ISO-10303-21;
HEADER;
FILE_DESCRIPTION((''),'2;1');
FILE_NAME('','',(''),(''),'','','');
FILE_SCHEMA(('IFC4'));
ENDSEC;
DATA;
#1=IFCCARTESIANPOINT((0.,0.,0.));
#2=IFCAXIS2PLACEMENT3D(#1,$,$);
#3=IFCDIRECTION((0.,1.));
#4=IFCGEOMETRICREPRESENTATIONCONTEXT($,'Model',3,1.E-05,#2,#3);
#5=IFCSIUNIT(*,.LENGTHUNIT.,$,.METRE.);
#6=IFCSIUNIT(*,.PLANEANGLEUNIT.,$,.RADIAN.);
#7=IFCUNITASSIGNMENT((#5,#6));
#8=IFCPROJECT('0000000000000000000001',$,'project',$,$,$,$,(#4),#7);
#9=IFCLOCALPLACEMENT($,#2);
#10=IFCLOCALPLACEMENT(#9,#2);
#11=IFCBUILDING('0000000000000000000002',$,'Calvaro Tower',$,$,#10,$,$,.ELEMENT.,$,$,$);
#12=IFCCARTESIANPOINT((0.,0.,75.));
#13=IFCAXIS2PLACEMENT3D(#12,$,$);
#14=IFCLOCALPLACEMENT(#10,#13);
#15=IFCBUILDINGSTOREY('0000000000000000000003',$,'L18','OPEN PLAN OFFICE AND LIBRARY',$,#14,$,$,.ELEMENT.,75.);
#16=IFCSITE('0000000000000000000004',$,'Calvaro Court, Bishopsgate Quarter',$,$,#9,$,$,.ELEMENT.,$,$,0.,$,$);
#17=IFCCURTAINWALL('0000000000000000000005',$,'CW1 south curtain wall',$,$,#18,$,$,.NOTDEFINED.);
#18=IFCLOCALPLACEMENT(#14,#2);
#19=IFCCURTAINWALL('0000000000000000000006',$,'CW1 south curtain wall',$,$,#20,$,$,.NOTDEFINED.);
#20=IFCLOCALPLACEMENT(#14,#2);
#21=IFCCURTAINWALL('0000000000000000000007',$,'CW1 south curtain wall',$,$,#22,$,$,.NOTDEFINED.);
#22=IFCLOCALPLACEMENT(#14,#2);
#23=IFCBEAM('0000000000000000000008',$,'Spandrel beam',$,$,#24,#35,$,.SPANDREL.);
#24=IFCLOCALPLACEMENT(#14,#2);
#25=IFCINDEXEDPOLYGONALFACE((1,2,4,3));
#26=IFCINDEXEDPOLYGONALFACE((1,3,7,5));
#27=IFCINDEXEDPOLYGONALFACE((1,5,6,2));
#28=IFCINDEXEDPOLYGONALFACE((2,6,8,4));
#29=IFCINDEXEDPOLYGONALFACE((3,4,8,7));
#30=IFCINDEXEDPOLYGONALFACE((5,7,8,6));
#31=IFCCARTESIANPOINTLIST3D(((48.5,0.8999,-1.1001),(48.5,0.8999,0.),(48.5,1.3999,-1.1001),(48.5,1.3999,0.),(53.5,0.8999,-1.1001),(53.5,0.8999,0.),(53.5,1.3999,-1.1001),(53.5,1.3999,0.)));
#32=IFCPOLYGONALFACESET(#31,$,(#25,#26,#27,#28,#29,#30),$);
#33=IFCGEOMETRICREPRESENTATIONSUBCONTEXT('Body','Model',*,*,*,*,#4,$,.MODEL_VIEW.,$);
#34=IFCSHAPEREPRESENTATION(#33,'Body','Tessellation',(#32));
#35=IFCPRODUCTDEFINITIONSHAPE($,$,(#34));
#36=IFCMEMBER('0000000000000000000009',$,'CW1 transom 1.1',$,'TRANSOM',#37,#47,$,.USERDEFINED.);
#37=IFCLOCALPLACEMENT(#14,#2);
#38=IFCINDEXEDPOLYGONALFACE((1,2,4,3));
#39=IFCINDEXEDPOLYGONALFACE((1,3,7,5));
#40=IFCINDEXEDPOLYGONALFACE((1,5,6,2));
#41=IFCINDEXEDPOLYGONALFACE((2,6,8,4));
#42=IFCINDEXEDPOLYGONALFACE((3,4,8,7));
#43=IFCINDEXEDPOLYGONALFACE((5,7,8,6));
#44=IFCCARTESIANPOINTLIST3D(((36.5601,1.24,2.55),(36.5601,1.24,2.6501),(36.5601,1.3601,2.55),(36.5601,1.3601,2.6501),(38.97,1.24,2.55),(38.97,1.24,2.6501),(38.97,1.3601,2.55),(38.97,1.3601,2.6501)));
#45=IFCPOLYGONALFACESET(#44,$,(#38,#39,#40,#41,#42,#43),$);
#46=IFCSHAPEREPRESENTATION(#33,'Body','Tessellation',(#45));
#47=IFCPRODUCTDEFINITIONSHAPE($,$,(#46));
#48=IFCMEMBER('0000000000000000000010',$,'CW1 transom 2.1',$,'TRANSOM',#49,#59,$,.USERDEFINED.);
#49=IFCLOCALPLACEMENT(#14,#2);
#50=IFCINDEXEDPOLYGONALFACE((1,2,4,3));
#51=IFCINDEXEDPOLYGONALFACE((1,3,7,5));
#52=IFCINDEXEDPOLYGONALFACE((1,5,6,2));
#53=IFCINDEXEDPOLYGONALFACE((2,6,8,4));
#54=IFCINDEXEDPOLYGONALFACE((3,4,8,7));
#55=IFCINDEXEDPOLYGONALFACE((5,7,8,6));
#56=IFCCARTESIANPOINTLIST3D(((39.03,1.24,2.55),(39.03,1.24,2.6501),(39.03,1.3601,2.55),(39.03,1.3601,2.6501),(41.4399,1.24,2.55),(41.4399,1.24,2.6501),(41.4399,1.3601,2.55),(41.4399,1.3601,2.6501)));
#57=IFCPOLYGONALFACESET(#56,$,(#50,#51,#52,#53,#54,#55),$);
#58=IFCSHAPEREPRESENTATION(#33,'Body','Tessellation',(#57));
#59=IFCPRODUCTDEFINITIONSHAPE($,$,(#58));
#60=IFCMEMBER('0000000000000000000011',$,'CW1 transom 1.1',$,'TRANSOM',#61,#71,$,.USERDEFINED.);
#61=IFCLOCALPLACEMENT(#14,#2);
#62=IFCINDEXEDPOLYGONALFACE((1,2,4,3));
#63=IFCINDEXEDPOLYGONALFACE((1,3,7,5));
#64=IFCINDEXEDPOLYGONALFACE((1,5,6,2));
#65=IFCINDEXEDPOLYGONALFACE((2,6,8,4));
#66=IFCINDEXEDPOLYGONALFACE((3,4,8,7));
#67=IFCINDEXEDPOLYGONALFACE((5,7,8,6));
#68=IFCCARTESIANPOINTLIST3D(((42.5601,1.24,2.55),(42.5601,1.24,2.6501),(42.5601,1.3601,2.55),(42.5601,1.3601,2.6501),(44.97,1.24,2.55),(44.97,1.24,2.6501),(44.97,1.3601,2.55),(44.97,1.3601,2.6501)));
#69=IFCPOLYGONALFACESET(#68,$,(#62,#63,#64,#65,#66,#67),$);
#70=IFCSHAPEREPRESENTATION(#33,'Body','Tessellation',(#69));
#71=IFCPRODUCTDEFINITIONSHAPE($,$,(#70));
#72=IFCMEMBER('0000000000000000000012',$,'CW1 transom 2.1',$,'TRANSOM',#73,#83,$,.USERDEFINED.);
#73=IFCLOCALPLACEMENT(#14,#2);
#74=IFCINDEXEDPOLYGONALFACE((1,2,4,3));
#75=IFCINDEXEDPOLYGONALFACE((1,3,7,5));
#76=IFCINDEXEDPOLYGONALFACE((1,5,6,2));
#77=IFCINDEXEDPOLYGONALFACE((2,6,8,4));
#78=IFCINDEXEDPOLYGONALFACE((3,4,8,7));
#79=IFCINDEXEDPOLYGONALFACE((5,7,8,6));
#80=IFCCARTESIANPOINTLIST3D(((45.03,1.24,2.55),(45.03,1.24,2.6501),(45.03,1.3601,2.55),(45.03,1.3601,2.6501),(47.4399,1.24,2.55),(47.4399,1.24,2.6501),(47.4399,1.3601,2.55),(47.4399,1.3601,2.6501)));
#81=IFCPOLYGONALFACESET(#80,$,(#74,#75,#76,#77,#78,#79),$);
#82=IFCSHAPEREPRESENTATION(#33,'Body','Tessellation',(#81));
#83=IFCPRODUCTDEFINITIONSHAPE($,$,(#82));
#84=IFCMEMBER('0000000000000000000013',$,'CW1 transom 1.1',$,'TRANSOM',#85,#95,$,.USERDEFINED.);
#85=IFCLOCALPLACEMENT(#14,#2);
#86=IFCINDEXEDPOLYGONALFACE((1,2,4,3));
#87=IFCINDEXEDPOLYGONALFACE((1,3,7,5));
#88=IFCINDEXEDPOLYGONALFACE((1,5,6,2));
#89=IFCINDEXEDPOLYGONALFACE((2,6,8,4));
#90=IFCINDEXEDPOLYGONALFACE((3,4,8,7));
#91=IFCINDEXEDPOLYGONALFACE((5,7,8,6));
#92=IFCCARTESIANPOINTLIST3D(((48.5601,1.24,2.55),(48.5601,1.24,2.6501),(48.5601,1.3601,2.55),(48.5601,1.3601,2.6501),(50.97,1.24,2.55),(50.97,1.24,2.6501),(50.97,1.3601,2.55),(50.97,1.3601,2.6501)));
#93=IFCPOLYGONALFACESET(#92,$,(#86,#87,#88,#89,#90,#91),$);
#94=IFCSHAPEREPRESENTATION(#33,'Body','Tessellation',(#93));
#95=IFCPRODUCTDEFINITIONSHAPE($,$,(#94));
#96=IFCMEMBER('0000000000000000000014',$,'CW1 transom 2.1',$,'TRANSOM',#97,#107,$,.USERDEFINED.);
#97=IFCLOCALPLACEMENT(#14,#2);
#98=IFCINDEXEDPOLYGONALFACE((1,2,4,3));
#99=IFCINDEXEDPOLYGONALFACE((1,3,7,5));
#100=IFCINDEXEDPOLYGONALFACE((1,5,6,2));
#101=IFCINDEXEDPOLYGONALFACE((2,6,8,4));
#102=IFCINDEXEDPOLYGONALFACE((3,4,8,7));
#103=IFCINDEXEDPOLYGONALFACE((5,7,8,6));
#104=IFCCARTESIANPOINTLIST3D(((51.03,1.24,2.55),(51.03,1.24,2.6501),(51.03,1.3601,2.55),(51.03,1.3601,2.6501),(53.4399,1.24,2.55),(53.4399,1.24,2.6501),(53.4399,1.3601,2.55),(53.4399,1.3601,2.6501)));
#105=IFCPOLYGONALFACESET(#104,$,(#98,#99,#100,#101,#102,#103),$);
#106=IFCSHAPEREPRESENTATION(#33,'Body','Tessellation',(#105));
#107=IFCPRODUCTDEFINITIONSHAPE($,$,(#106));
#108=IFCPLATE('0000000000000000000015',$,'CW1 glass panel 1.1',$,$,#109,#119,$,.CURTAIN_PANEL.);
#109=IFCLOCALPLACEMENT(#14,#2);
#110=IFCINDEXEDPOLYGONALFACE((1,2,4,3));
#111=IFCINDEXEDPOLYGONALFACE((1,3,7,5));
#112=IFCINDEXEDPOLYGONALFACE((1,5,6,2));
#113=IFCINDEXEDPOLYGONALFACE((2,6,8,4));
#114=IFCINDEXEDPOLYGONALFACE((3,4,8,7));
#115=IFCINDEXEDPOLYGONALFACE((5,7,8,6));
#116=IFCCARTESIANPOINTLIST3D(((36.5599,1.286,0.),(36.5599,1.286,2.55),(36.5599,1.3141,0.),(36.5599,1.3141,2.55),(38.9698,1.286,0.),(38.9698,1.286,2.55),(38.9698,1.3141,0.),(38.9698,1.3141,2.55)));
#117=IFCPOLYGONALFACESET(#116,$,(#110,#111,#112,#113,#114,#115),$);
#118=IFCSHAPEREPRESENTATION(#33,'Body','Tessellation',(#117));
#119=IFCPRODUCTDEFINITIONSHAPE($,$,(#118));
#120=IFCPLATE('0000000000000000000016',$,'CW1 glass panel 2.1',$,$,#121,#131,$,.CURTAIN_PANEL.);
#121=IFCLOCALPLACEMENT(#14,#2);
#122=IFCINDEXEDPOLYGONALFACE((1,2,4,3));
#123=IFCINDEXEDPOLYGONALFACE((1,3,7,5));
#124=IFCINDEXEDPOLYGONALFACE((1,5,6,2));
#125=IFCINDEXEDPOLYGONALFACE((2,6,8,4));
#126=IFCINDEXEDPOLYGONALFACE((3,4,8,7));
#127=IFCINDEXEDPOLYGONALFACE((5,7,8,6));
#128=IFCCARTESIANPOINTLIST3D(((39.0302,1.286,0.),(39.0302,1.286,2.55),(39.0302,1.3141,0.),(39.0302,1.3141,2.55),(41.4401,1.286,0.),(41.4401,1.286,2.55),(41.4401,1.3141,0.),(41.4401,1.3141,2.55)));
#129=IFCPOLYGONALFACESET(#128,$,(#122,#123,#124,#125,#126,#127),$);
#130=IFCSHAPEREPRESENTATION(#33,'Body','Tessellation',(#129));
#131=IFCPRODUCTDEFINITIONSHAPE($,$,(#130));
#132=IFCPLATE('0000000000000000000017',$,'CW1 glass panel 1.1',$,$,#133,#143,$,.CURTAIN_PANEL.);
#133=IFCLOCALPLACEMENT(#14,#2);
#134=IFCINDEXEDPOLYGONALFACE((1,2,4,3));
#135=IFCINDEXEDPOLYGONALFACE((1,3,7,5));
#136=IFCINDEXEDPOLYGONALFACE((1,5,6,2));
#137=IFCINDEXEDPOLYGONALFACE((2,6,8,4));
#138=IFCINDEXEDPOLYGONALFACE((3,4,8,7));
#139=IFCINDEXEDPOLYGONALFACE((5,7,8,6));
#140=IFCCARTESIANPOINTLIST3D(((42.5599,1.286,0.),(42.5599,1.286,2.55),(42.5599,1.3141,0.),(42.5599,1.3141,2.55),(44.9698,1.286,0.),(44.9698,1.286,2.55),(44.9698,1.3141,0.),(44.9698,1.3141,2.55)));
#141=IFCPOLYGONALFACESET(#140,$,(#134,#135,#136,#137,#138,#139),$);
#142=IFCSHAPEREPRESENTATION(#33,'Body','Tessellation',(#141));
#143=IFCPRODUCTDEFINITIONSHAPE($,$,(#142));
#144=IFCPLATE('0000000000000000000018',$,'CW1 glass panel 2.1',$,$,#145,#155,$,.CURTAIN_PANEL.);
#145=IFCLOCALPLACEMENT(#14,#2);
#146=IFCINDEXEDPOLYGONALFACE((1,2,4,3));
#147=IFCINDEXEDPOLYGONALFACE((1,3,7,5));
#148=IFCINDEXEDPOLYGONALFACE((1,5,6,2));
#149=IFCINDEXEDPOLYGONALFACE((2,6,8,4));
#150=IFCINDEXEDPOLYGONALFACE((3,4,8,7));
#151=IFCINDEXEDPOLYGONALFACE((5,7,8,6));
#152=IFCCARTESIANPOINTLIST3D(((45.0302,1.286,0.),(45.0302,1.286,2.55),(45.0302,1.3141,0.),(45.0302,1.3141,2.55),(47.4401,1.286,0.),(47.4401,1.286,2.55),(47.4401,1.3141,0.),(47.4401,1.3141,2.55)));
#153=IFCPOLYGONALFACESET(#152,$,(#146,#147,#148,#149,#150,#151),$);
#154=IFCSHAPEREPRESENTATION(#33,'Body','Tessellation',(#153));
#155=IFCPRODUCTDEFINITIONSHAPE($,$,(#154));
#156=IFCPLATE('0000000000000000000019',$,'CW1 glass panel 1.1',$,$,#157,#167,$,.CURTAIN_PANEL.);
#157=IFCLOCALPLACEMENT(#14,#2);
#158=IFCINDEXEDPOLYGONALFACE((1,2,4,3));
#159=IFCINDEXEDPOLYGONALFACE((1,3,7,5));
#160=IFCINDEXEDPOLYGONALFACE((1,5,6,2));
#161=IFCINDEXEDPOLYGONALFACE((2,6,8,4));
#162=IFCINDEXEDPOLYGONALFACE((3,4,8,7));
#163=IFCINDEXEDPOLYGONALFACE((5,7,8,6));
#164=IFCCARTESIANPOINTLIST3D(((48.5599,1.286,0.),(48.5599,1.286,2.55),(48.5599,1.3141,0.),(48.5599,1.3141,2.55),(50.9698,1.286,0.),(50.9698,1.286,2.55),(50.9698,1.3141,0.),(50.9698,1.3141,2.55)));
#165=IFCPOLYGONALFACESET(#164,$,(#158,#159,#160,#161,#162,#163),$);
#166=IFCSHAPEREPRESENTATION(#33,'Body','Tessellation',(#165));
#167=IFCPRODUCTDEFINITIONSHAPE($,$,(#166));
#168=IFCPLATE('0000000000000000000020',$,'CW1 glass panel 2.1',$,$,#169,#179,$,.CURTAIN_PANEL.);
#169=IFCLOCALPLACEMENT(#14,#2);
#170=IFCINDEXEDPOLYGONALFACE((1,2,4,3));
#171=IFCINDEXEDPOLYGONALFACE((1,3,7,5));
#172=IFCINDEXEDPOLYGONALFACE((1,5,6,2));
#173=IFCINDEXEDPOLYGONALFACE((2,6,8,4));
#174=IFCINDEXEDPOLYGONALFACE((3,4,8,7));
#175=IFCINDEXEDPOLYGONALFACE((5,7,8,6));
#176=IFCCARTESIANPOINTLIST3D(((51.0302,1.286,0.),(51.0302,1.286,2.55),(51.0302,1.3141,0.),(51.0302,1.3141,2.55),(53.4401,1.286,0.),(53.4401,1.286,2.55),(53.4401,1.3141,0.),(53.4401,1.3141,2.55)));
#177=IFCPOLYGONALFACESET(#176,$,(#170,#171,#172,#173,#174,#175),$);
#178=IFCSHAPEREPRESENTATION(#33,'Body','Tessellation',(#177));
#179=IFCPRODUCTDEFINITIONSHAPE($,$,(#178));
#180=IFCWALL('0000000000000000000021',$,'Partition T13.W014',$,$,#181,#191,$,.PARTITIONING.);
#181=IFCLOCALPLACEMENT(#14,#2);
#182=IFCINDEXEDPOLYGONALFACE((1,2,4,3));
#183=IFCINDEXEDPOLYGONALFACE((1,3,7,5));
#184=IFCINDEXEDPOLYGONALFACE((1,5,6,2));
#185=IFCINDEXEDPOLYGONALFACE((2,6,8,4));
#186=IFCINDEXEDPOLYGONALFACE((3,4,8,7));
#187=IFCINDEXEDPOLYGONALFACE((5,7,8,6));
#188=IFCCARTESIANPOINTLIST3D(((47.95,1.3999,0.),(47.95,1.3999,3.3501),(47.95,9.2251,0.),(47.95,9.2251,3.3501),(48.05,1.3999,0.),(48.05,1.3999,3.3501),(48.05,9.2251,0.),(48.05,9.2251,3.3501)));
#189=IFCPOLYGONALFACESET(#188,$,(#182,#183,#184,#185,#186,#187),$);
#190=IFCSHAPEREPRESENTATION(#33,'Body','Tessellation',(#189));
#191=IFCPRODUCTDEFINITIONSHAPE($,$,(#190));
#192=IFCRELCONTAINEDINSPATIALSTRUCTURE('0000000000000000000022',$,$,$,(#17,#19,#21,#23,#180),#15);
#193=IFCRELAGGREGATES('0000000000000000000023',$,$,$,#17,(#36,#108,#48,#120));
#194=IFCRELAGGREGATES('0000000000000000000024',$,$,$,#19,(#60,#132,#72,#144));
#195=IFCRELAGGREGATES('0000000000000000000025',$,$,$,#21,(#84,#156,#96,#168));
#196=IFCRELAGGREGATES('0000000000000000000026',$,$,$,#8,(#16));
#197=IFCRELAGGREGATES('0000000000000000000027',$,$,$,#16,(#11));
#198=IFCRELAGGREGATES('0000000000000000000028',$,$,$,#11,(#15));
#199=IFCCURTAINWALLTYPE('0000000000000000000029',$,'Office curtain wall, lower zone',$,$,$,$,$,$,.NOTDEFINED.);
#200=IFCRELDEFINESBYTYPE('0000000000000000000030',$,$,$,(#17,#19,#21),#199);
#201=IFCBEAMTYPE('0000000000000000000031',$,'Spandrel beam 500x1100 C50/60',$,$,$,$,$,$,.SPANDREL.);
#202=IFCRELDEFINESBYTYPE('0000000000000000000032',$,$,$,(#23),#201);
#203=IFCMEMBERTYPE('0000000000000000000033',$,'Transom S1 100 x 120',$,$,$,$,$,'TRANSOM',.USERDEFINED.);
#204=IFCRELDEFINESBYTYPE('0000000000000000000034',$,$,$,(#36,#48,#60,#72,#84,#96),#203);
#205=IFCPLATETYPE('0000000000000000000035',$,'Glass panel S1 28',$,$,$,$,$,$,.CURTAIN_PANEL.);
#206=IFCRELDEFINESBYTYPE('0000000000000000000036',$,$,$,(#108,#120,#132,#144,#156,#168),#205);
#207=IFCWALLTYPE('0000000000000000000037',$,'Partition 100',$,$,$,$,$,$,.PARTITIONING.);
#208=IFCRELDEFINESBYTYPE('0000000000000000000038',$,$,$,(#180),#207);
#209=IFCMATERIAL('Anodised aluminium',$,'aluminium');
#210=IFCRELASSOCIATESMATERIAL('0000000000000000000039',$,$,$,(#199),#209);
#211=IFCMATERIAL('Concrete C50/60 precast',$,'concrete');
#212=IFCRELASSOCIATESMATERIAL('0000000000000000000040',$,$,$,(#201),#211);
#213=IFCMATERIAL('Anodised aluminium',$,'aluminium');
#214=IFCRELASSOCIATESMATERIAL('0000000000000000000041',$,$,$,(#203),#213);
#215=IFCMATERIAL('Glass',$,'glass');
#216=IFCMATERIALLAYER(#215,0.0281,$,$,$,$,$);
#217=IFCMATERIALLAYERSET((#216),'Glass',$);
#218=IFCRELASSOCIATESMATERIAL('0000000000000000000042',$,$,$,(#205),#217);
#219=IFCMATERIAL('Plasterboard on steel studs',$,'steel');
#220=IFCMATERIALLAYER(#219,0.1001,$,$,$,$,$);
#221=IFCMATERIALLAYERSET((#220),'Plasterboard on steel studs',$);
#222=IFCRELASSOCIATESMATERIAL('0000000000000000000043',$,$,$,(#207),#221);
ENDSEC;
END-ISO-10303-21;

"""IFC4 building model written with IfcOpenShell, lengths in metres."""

from ifc_helpers import new_model, si_unit, direction, frame, frame_2d, origin, origin_2d, place, context, subcontext, project, spatial, rectangle, extrude, material, layer, layer_set, material_profile, profile_set, type_object, element, aggregate, save


model = new_model("IFC4")

# Units and contexts
model_context = context("Model", 3, precision=1e-05, world=origin(), true_north=direction((0.0, 1.0)))
body_context = subcontext(model_context, "Body", "Model", "MODEL_VIEW")
ifc_project = project(units=[si_unit("LENGTHUNIT", "METRE"), si_unit("PLANEANGLEUNIT", "RADIAN")], contexts=[model_context])

# Site, building, storey
site_placement = place(None, origin())
site = spatial("IfcSite", under=ifc_project, at=site_placement, Name="Calvaro Court, Bishopsgate Quarter", CompositionType="ELEMENT", RefElevation=0.0)
building_placement = place(site_placement, origin())
building = spatial("IfcBuilding", under=site, at=building_placement, Name="Calvaro Tower", CompositionType="ELEMENT")
storey_placement = place(building_placement, frame((0.0, 0.0, 75.0)))
storey = spatial("IfcBuildingStorey", under=building, at=storey_placement, Name="L18", Description="OPEN PLAN OFFICE AND LIBRARY", CompositionType="ELEMENT", Elevation=75.0)

# Shared definitions
ifc_material_1 = material(Name="Anodised aluminium", Category="aluminium")
curtain_wall_type = type_object("IfcCurtainWallType", Name="Office curtain wall, lower zone", PredefinedType="NOTDEFINED", material=ifc_material_1)

# Curtain walls
curtain_wall_1_placement = place(storey_placement, origin())
curtain_wall_1 = element("IfcCurtainWall", 1, at=curtain_wall_1_placement, inside=storey, type_object=curtain_wall_type, Name="CW1 south curtain wall", PredefinedType="NOTDEFINED")
curtain_wall_2_placement = place(storey_placement, origin())
curtain_wall_2 = element("IfcCurtainWall", 2, at=curtain_wall_2_placement, inside=storey, type_object=curtain_wall_type, Name="CW1 south curtain wall", PredefinedType="NOTDEFINED")
curtain_wall_3_placement = place(storey_placement, origin())
curtain_wall_3 = element("IfcCurtainWall", 3, at=curtain_wall_3_placement, inside=storey, type_object=curtain_wall_type, Name="CW1 south curtain wall", PredefinedType="NOTDEFINED")

# Beam
ifc_material_2 = material(Name="Concrete C50/60 precast", Category="concrete")
ifc_material_profile_1 = material_profile(ifc_material_2, rectangle(XDim=0.5, YDim=1.1001, at=origin_2d()), Name="RC 500x1100")
ifc_profile_set_1 = profile_set([ifc_material_profile_1], Name="Concrete C50/60 precast")
beam_type = type_object("IfcBeamType", Name="Spandrel beam 500x1100 C50/60", PredefinedType="SPANDREL", material=ifc_profile_set_1)
for number, where, z_axis, x_axis, name in (
    (4, (48.5, 1.1499, -0.55), (1.0, 0.0, 0.0), (0.0, 1.0, 0.0), "Spandrel beam"),
):
    element("IfcBeam", number, at=place(storey_placement, frame(where, z_axis=z_axis, x_axis=x_axis)), inside=storey, type_object=beam_type, Name=name, PredefinedType="SPANDREL", context=body_context, shape_type="SweptSolid", body=[
        extrude(rectangle(XDim=0.5, YDim=1.1001, at=origin_2d()), origin(), (0.0, 0.0, 1.0), 5.0),
    ])

# Members
ifc_material_3 = material(Name="Anodised aluminium", Category="aluminium")
ifc_material_profile_2 = material_profile(ifc_material_3, rectangle(XDim=0.1201, YDim=0.1001, at=origin_2d()), Name="Transom S1 100 x 120")
ifc_profile_set_2 = profile_set([ifc_material_profile_2], Name="Anodised aluminium")
member_type_1 = type_object("IfcMemberType", Name="Transom S1 100 x 120", ElementType="TRANSOM", PredefinedType="USERDEFINED", material=ifc_profile_set_2)
member_1_placement = place(storey_placement, frame((36.5601, 1.3, 2.6001), z_axis=(1.0, 0.0, 0.0), x_axis=(0.0, 1.0, 0.0)))
member_1 = element("IfcMember", 5, at=member_1_placement, type_object=member_type_1, Name="CW1 transom 1.1", ObjectType="TRANSOM", PredefinedType="USERDEFINED", context=body_context, shape_type="SweptSolid", body=[
    extrude(rectangle(XDim=0.1201, YDim=0.1001, at=origin_2d()), origin(), (0.0, 0.0, 1.0), 2.4099),
])
member_2_placement = place(storey_placement, frame((39.03, 1.3, 2.6001), z_axis=(1.0, 0.0, 0.0), x_axis=(0.0, 1.0, 0.0)))
member_2 = element("IfcMember", 6, at=member_2_placement, type_object=member_type_1, Name="CW1 transom 2.1", ObjectType="TRANSOM", PredefinedType="USERDEFINED", context=body_context, shape_type="SweptSolid", body=[
    extrude(rectangle(XDim=0.1201, YDim=0.1001, at=origin_2d()), origin(), (0.0, 0.0, 1.0), 2.4099),
])
member_3_placement = place(storey_placement, frame((42.5601, 1.3, 2.6001), z_axis=(1.0, 0.0, 0.0), x_axis=(0.0, 1.0, 0.0)))
member_3 = element("IfcMember", 7, at=member_3_placement, type_object=member_type_1, Name="CW1 transom 1.1", ObjectType="TRANSOM", PredefinedType="USERDEFINED", context=body_context, shape_type="SweptSolid", body=[
    extrude(rectangle(XDim=0.1201, YDim=0.1001, at=origin_2d()), origin(), (0.0, 0.0, 1.0), 2.4099),
])
member_4_placement = place(storey_placement, frame((45.03, 1.3, 2.6001), z_axis=(1.0, 0.0, 0.0), x_axis=(0.0, 1.0, 0.0)))
member_4 = element("IfcMember", 8, at=member_4_placement, type_object=member_type_1, Name="CW1 transom 2.1", ObjectType="TRANSOM", PredefinedType="USERDEFINED", context=body_context, shape_type="SweptSolid", body=[
    extrude(rectangle(XDim=0.1201, YDim=0.1001, at=origin_2d()), origin(), (0.0, 0.0, 1.0), 2.4099),
])
member_5_placement = place(storey_placement, frame((48.5601, 1.3, 2.6001), z_axis=(1.0, 0.0, 0.0), x_axis=(0.0, 1.0, 0.0)))
member_5 = element("IfcMember", 9, at=member_5_placement, type_object=member_type_1, Name="CW1 transom 1.1", ObjectType="TRANSOM", PredefinedType="USERDEFINED", context=body_context, shape_type="SweptSolid", body=[
    extrude(rectangle(XDim=0.1201, YDim=0.1001, at=origin_2d()), origin(), (0.0, 0.0, 1.0), 2.4099),
])
member_6_placement = place(storey_placement, frame((51.03, 1.3, 2.6001), z_axis=(1.0, 0.0, 0.0), x_axis=(0.0, 1.0, 0.0)))
member_6 = element("IfcMember", 10, at=member_6_placement, type_object=member_type_1, Name="CW1 transom 2.1", ObjectType="TRANSOM", PredefinedType="USERDEFINED", context=body_context, shape_type="SweptSolid", body=[
    extrude(rectangle(XDim=0.1201, YDim=0.1001, at=origin_2d()), origin(), (0.0, 0.0, 1.0), 2.4099),
])

# Plates
ifc_material_4 = material(Name="Glass", Category="glass")
ifc_layer_1 = layer(ifc_material_4, 0.0281)
ifc_layer_set_1 = layer_set([ifc_layer_1], Name="Glass")
plate_type = type_object("IfcPlateType", Name="Glass panel S1 28", PredefinedType="CURTAIN_PANEL", material=ifc_layer_set_1)
plate_1_placement = place(storey_placement, frame((37.7649, 1.3, 0.0), z_axis=(0.0, 0.0, 1.0), x_axis=(1.0, 0.0, 0.0)))
plate_1 = element("IfcPlate", 11, at=plate_1_placement, type_object=plate_type, Name="CW1 glass panel 1.1", PredefinedType="CURTAIN_PANEL", context=body_context, shape_type="SweptSolid", body=[
    extrude(rectangle(XDim=2.4099, YDim=0.0281, at=origin_2d()), origin(), (0.0, 0.0, 1.0), 2.55),
])
plate_2_placement = place(storey_placement, frame((40.2351, 1.3, 0.0), z_axis=(0.0, 0.0, 1.0), x_axis=(1.0, 0.0, 0.0)))
plate_2 = element("IfcPlate", 12, at=plate_2_placement, type_object=plate_type, Name="CW1 glass panel 2.1", PredefinedType="CURTAIN_PANEL", context=body_context, shape_type="SweptSolid", body=[
    extrude(rectangle(XDim=2.4099, YDim=0.0281, at=origin_2d()), origin(), (0.0, 0.0, 1.0), 2.55),
])
aggregate(curtain_wall_1, [member_1, plate_1, member_2, plate_2])
plate_3_placement = place(storey_placement, frame((43.7649, 1.3, 0.0), z_axis=(0.0, 0.0, 1.0), x_axis=(1.0, 0.0, 0.0)))
plate_3 = element("IfcPlate", 13, at=plate_3_placement, type_object=plate_type, Name="CW1 glass panel 1.1", PredefinedType="CURTAIN_PANEL", context=body_context, shape_type="SweptSolid", body=[
    extrude(rectangle(XDim=2.4099, YDim=0.0281, at=origin_2d()), origin(), (0.0, 0.0, 1.0), 2.55),
])
plate_4_placement = place(storey_placement, frame((46.2351, 1.3, 0.0), z_axis=(0.0, 0.0, 1.0), x_axis=(1.0, 0.0, 0.0)))
plate_4 = element("IfcPlate", 14, at=plate_4_placement, type_object=plate_type, Name="CW1 glass panel 2.1", PredefinedType="CURTAIN_PANEL", context=body_context, shape_type="SweptSolid", body=[
    extrude(rectangle(XDim=2.4099, YDim=0.0281, at=origin_2d()), origin(), (0.0, 0.0, 1.0), 2.55),
])
aggregate(curtain_wall_2, [member_3, plate_3, member_4, plate_4])
plate_5_placement = place(storey_placement, frame((49.7649, 1.3, 0.0), z_axis=(0.0, 0.0, 1.0), x_axis=(1.0, 0.0, 0.0)))
plate_5 = element("IfcPlate", 15, at=plate_5_placement, type_object=plate_type, Name="CW1 glass panel 1.1", PredefinedType="CURTAIN_PANEL", context=body_context, shape_type="SweptSolid", body=[
    extrude(rectangle(XDim=2.4099, YDim=0.0281, at=origin_2d()), origin(), (0.0, 0.0, 1.0), 2.55),
])
plate_6_placement = place(storey_placement, frame((52.2351, 1.3, 0.0), z_axis=(0.0, 0.0, 1.0), x_axis=(1.0, 0.0, 0.0)))
plate_6 = element("IfcPlate", 16, at=plate_6_placement, type_object=plate_type, Name="CW1 glass panel 2.1", PredefinedType="CURTAIN_PANEL", context=body_context, shape_type="SweptSolid", body=[
    extrude(rectangle(XDim=2.4099, YDim=0.0281, at=origin_2d()), origin(), (0.0, 0.0, 1.0), 2.55),
])
aggregate(curtain_wall_3, [member_5, plate_5, member_6, plate_6])

# Wall
ifc_material_5 = material(Name="Plasterboard on steel studs", Category="steel")
ifc_layer_2 = layer(ifc_material_5, 0.1001)
ifc_layer_set_2 = layer_set([ifc_layer_2], Name="Plasterboard on steel studs")
wall_type = type_object("IfcWallType", Name="Partition 100", PredefinedType="PARTITIONING", material=ifc_layer_set_2)
wall_placement = place(storey_placement, frame((48.0, 1.3999, 0.0), z_axis=(0.0, 0.0, 1.0), x_axis=(0.0, 1.0, 0.0)))
element("IfcWall", 17, at=wall_placement, inside=storey, type_object=wall_type, Name="Partition T13.W014", PredefinedType="PARTITIONING", context=body_context, shape_type="SweptSolid", body=[
    extrude(rectangle(XDim=7.8252, YDim=0.1001, at=frame_2d((3.9126, 0.0))), origin(), (0.0, 0.0, 1.0), 3.3501),
])

save(model, "model.ifc")
